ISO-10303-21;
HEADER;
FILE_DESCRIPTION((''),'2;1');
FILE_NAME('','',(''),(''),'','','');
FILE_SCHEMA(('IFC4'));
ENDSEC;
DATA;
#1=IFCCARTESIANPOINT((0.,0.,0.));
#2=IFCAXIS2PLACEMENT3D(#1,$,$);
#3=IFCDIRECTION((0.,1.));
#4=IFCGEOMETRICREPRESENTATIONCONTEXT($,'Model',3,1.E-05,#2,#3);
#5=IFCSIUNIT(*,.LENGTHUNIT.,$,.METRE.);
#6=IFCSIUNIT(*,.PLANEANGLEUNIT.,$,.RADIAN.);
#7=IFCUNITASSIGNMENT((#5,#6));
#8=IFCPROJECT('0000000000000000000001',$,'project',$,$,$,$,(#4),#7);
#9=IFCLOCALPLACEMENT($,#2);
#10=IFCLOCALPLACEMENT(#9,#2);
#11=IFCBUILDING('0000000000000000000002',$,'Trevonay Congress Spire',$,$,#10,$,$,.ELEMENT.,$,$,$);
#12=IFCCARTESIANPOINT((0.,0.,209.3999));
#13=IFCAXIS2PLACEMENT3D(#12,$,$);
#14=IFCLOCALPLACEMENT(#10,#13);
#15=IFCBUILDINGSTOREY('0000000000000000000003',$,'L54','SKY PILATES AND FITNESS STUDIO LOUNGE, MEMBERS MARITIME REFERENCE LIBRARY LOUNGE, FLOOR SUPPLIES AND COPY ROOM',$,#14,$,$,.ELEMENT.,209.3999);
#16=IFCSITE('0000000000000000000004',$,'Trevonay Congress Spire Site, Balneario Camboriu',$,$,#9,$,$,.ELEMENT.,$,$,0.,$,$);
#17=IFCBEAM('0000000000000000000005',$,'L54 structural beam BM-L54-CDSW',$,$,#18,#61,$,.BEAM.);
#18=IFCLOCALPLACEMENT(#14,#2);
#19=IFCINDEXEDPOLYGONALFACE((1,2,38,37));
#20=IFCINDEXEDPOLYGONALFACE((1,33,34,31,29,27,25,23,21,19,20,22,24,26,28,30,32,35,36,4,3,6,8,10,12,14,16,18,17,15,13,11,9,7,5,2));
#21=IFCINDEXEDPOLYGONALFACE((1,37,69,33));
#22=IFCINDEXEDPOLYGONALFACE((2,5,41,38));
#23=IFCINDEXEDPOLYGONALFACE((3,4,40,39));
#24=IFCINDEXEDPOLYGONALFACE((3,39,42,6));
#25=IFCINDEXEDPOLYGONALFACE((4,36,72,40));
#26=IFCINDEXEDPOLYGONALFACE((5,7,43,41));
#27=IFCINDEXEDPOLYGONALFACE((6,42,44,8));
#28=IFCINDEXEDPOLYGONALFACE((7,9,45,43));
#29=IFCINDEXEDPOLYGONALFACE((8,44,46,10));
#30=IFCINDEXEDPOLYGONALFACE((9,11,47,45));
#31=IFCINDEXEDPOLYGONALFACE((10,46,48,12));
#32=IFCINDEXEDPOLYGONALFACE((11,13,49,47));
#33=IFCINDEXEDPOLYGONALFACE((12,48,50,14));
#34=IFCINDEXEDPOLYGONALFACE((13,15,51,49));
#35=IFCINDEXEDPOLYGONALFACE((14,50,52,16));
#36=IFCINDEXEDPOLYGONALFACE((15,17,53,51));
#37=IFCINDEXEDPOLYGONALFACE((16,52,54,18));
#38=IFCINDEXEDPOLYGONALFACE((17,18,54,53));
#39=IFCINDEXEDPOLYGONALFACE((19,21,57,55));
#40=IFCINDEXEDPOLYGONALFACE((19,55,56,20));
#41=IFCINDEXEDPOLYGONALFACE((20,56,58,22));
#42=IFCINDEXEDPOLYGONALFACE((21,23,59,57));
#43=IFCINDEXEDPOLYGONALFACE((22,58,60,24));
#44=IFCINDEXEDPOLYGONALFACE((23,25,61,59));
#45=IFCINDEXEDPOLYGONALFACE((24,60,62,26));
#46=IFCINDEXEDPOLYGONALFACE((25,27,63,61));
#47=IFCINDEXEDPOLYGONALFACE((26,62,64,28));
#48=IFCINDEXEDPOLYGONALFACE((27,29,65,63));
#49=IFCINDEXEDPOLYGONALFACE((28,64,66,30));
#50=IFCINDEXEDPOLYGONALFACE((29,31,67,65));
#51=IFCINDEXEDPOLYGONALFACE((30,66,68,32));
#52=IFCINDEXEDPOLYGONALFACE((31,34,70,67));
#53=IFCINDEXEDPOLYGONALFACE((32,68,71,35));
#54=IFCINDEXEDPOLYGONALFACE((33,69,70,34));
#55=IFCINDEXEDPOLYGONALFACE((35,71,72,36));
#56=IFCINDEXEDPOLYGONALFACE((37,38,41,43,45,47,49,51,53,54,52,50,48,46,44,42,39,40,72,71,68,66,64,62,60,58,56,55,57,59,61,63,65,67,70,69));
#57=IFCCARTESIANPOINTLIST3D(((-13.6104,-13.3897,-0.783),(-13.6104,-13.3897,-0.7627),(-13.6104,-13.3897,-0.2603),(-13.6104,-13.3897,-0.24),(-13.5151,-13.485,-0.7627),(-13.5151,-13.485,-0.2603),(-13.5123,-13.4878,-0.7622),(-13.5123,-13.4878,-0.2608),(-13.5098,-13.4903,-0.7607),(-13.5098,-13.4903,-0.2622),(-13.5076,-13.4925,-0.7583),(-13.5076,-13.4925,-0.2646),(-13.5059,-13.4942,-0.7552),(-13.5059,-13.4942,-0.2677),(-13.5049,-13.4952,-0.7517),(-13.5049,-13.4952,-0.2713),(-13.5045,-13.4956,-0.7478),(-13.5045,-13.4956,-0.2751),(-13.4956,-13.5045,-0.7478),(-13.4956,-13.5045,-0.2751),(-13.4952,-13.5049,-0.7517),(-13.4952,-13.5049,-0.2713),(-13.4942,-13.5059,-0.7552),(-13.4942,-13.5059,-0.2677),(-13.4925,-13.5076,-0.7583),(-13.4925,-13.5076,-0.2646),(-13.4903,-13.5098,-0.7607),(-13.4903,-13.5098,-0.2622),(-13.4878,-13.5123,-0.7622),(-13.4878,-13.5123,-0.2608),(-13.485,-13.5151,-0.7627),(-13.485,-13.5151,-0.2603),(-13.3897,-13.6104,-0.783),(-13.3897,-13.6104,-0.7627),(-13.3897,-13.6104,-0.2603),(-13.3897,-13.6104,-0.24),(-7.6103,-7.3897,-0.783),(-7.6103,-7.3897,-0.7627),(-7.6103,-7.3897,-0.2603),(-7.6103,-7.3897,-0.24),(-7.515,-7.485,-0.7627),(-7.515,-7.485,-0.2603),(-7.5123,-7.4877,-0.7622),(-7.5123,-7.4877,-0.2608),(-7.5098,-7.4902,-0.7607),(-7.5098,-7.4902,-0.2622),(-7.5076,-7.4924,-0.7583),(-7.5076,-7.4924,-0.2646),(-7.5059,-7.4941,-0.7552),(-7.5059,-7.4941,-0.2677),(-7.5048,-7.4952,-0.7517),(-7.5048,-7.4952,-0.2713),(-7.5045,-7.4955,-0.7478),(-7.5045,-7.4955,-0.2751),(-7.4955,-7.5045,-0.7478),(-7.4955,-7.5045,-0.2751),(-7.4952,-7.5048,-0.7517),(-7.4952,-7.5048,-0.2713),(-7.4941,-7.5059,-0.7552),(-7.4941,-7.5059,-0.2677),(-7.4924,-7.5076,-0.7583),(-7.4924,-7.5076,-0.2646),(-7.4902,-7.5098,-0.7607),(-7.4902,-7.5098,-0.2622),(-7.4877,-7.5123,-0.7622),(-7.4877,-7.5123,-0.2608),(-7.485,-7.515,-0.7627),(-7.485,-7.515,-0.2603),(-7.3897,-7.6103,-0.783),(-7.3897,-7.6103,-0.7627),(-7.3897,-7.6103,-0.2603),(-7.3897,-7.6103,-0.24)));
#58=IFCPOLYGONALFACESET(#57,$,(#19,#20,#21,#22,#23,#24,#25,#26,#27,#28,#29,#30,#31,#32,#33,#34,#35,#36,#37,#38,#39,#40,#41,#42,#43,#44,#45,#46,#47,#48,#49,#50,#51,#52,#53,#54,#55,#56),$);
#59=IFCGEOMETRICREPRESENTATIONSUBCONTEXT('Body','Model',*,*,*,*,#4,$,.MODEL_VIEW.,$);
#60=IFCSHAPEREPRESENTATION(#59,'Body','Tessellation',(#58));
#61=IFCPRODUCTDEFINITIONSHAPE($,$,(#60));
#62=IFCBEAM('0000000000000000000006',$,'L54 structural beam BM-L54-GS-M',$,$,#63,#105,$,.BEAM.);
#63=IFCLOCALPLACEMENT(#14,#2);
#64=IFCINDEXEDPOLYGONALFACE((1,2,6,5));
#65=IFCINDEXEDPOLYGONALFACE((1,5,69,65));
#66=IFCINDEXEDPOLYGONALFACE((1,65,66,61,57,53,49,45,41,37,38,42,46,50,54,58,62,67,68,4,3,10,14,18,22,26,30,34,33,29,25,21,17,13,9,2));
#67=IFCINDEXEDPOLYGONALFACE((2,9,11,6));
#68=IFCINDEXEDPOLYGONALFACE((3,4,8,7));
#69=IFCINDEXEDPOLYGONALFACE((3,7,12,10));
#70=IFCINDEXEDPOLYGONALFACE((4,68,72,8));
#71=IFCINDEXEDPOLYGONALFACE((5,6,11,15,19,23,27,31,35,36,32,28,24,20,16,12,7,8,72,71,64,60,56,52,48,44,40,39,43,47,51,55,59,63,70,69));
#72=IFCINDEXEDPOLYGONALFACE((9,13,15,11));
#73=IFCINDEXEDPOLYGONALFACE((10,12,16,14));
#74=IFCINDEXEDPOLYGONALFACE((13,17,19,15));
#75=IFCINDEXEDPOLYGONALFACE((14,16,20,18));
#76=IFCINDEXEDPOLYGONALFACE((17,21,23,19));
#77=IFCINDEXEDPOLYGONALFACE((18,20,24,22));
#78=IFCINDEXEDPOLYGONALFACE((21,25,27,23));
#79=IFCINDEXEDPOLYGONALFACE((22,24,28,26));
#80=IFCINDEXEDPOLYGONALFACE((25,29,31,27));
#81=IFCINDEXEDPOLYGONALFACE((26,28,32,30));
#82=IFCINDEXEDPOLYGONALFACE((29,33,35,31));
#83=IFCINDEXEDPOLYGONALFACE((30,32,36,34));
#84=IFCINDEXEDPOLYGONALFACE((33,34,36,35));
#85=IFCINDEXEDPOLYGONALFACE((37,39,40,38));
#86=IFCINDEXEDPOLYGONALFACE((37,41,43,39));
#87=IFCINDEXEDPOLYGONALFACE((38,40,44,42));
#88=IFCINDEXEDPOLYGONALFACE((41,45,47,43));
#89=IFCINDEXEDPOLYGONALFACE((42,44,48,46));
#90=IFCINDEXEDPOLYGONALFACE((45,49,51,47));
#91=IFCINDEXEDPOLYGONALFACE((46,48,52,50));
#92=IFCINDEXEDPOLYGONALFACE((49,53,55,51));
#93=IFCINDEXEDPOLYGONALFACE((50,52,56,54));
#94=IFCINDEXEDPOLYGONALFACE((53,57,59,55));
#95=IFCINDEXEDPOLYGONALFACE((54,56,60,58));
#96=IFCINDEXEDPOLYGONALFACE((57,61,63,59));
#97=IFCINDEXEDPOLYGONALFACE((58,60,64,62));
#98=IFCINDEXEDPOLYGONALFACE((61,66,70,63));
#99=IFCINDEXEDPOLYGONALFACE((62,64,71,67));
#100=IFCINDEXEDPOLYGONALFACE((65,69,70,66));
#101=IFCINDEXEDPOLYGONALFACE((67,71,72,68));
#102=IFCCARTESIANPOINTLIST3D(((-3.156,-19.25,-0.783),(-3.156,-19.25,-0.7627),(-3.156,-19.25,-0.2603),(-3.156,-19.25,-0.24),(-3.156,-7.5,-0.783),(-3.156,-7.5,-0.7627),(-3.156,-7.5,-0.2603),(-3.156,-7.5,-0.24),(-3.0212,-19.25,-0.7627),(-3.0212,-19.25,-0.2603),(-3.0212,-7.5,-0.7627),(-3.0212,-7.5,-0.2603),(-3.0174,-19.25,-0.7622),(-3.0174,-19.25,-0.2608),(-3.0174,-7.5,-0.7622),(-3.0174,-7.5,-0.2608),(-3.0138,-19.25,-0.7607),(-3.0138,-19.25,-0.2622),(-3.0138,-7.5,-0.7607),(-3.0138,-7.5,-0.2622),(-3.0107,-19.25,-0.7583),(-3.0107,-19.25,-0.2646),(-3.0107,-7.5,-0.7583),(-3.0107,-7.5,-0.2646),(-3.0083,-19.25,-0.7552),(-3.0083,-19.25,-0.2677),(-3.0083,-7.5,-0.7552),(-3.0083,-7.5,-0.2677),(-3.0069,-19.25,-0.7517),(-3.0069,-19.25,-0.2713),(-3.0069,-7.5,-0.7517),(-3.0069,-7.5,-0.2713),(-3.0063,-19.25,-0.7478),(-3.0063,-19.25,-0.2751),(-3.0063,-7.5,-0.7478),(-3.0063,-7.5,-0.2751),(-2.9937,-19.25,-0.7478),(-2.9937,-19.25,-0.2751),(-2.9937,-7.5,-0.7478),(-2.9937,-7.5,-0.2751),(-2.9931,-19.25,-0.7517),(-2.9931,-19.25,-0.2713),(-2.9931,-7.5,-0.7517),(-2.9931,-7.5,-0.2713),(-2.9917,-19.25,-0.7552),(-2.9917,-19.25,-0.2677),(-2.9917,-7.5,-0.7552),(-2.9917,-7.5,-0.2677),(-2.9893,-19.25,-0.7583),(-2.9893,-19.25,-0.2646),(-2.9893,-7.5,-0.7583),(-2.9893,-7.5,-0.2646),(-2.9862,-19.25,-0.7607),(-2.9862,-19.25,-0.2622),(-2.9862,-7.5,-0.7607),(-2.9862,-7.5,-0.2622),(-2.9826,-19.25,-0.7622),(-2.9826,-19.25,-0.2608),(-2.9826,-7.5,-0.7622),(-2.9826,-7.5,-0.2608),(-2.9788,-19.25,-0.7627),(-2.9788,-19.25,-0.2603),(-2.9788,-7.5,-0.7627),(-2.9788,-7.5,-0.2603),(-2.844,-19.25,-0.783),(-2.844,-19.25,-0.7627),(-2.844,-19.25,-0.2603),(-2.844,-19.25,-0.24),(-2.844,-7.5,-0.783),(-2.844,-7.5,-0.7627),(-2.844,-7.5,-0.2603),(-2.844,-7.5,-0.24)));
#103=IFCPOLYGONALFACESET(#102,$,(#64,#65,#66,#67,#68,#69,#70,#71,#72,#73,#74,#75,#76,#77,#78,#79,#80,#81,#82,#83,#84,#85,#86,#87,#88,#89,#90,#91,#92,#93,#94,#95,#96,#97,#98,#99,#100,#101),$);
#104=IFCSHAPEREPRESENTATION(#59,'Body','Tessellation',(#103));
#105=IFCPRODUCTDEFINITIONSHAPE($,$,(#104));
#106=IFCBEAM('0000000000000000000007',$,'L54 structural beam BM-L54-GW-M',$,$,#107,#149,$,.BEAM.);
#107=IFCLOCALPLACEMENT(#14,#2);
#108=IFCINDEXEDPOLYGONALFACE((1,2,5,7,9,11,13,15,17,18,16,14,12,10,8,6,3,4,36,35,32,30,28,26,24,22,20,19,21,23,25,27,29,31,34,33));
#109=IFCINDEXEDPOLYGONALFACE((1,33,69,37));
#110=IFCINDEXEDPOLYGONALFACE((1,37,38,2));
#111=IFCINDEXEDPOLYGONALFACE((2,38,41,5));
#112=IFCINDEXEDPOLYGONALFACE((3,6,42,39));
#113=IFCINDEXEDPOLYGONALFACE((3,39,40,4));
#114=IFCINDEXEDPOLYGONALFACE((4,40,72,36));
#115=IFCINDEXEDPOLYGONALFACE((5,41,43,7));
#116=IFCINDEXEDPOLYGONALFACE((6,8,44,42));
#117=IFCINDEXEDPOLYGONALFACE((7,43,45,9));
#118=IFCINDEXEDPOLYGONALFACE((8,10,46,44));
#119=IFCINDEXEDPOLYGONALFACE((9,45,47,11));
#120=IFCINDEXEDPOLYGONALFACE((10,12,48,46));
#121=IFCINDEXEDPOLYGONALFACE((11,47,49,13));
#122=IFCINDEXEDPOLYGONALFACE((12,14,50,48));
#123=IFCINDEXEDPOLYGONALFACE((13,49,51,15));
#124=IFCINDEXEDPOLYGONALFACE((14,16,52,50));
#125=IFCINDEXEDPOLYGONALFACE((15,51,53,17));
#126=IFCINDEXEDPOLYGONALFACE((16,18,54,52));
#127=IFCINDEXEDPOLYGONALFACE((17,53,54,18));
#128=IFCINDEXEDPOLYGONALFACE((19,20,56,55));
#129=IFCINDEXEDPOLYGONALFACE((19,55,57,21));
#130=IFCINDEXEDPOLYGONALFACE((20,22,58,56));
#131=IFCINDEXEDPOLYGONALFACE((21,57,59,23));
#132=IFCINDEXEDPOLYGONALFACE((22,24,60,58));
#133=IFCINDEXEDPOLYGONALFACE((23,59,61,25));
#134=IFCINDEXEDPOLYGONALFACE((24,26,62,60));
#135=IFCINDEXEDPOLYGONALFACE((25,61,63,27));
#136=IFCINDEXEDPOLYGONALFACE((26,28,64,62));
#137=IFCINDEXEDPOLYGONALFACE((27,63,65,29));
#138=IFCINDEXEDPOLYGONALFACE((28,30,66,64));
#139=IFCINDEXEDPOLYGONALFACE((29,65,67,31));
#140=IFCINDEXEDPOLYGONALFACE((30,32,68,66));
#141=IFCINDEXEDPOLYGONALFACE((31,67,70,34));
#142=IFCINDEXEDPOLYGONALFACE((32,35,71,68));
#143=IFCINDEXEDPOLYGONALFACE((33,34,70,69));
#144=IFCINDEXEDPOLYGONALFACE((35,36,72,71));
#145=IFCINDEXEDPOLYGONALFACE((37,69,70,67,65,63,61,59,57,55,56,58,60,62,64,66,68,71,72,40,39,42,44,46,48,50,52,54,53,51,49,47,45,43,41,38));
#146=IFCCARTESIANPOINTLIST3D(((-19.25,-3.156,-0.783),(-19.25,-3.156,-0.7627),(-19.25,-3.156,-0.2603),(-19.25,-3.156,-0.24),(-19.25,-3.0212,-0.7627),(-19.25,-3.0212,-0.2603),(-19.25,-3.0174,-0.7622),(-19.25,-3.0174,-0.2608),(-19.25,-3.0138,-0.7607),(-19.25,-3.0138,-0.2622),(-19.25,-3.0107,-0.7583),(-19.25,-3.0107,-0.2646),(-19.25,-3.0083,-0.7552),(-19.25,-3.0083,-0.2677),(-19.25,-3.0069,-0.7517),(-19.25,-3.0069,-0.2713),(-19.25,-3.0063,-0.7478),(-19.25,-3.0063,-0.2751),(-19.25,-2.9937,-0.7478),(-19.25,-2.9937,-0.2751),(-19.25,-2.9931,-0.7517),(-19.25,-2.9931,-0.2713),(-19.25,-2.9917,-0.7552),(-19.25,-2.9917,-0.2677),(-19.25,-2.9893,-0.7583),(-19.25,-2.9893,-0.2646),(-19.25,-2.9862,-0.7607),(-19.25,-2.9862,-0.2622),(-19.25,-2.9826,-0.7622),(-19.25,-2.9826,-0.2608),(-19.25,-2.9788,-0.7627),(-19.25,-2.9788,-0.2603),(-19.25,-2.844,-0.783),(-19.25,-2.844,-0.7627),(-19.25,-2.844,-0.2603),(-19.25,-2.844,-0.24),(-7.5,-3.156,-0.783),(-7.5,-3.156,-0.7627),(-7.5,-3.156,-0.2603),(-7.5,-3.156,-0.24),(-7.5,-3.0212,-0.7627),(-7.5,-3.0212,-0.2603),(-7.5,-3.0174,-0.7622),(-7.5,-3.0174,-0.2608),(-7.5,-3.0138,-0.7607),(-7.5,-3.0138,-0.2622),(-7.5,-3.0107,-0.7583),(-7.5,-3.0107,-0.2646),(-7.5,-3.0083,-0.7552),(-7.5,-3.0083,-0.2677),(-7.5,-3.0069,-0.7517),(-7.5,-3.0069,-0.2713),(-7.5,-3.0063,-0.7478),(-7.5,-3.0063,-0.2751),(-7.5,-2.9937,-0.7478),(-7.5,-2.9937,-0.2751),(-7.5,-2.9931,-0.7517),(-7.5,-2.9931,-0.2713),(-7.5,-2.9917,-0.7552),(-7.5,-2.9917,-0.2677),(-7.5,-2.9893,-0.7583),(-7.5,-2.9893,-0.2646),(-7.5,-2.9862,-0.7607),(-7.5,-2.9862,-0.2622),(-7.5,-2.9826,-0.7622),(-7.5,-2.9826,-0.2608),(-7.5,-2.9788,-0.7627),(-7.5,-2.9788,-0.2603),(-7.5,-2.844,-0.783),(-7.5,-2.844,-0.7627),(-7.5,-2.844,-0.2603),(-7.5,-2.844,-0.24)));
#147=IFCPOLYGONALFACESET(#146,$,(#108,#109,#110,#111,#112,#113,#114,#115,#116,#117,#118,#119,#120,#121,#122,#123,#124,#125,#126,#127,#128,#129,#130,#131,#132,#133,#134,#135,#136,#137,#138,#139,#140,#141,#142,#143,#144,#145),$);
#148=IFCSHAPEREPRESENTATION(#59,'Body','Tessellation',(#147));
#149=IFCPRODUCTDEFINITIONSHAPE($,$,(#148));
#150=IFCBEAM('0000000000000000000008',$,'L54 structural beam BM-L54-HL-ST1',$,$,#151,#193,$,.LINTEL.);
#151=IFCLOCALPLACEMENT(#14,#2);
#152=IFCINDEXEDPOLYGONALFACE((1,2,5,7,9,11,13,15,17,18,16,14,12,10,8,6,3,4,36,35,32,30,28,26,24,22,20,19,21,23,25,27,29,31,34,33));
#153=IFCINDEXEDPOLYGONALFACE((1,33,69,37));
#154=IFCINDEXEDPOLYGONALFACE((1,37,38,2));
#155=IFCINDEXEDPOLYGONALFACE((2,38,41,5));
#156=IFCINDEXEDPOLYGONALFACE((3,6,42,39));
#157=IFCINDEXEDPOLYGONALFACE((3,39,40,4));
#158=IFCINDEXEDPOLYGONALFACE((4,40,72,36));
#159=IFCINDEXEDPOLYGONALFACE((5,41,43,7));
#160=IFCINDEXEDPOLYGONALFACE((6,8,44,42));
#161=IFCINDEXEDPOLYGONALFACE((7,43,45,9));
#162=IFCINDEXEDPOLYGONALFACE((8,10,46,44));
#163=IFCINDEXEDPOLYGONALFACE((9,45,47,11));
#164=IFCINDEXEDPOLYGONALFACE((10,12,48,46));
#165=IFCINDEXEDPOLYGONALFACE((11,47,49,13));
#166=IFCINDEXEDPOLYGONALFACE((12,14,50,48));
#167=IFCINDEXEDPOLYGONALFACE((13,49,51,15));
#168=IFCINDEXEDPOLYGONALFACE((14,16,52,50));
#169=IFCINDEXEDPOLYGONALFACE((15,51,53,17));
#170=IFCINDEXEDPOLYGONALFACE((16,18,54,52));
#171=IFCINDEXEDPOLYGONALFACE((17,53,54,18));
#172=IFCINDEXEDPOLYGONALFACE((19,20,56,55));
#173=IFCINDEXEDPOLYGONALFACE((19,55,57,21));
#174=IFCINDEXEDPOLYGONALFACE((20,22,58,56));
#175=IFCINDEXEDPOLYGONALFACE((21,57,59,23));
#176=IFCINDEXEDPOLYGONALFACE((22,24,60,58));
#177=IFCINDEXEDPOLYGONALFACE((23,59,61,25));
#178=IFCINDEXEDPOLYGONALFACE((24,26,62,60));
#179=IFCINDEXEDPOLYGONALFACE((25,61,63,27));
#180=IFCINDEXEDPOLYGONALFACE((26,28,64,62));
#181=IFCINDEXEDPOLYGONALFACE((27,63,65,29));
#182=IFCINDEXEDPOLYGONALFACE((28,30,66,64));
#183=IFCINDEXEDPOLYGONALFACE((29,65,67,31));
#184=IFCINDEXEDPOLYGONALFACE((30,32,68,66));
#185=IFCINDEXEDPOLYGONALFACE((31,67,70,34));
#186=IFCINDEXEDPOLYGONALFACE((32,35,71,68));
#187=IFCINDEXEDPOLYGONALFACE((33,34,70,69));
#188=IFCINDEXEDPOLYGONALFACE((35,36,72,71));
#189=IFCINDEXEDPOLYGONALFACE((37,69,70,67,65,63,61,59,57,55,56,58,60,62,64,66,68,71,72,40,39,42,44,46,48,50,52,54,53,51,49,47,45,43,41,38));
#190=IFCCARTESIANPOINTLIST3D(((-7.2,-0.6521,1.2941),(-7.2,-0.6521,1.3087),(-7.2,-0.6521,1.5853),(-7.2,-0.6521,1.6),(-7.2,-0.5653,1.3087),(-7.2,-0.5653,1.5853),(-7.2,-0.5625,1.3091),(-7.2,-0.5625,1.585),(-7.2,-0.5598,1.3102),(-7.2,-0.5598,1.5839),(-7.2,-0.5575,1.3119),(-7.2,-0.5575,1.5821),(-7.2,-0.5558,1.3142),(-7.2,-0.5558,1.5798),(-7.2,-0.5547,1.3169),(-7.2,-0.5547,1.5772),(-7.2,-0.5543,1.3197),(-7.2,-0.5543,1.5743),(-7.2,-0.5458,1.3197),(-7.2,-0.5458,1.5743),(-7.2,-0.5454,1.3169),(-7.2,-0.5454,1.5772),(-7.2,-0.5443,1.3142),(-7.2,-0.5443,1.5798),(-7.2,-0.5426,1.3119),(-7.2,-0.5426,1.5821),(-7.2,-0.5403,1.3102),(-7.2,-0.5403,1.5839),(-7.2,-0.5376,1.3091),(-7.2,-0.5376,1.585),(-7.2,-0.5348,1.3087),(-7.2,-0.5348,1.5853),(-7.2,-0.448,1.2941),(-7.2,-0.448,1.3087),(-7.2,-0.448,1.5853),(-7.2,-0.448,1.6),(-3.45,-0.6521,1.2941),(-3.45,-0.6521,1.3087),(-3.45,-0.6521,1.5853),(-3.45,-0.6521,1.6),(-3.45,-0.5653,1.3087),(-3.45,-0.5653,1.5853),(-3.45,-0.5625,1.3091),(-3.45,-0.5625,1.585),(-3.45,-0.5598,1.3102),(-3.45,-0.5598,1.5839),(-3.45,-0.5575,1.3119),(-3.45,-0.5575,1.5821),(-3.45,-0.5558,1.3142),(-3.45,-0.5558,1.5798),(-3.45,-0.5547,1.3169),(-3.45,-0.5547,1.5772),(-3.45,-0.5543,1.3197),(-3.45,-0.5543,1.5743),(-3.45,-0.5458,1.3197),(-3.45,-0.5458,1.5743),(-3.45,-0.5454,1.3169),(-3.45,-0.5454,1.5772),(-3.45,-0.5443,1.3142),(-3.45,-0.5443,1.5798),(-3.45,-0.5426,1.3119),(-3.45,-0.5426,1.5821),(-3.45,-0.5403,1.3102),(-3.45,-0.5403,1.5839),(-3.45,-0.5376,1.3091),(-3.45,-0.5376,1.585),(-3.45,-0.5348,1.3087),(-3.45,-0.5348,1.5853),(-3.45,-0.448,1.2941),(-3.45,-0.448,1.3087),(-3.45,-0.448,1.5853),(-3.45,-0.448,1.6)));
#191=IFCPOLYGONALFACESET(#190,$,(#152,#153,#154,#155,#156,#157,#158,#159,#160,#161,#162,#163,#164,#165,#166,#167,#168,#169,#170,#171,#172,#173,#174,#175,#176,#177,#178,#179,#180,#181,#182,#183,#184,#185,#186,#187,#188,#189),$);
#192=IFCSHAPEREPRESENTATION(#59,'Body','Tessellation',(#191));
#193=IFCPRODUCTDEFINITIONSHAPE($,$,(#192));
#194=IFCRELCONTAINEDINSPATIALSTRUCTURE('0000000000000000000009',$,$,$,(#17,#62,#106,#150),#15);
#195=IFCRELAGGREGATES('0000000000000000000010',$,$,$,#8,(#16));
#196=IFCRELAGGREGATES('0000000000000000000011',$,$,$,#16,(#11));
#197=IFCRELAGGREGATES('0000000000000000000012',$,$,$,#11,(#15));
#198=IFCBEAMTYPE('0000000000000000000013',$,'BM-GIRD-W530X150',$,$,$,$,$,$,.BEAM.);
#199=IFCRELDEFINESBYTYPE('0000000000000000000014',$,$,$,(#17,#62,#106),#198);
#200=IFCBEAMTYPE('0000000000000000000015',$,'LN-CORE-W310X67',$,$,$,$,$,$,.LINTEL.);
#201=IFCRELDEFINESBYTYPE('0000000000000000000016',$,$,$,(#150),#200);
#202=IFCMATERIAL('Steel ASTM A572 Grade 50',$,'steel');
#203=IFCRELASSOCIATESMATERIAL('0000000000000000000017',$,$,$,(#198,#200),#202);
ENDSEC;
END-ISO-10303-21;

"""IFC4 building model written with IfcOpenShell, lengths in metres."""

from ifc_helpers import new_model, si_unit, direction, frame, origin, origin_2d, place, context, subcontext, project, spatial, i_section, extrude, material, material_profile, profile_set, type_object, element, save


model = new_model("IFC4")

# Units and contexts
model_context = context("Model", 3, precision=1e-05, world=origin(), true_north=direction((0.0, 1.0)))
body_context = subcontext(model_context, "Body", "Model", "MODEL_VIEW")
ifc_project = project(units=[si_unit("LENGTHUNIT", "METRE"), si_unit("PLANEANGLEUNIT", "RADIAN")], contexts=[model_context])

# Site, building, storey
site_placement = place(None, origin())
site = spatial("IfcSite", under=ifc_project, at=site_placement, Name="Trevonay Congress Spire Site, Balneario Camboriu", CompositionType="ELEMENT", RefElevation=0.0)
building_placement = place(site_placement, origin())
building = spatial("IfcBuilding", under=site, at=building_placement, Name="Trevonay Congress Spire", CompositionType="ELEMENT")
storey_placement = place(building_placement, frame((0.0, 0.0, 209.3999)))
storey = spatial("IfcBuildingStorey", under=building, at=storey_placement, Name="L54", Description="SKY PILATES AND FITNESS STUDIO LOUNGE, MEMBERS MARITIME REFERENCE LIBRARY LOUNGE, FLOOR SUPPLIES AND COPY ROOM", CompositionType="ELEMENT", Elevation=209.3999)

# Shared definitions
ifc_material_1 = material(Name="Steel ASTM A572 Grade 50", Category="steel")

# Beams
ifc_material_profile_1 = material_profile(ifc_material_1, i_section(OverallWidth=0.312, OverallDepth=0.543, WebThickness=0.0127, FlangeThickness=0.0203, FilletRadius=0.0149, at=origin_2d()), Name="W530x150")
ifc_profile_set_1 = profile_set([ifc_material_profile_1], Name="Steel ASTM A572 Grade 50")
beam_type_1 = type_object("IfcBeamType", Name="BM-GIRD-W530X150", PredefinedType="BEAM", material=ifc_profile_set_1)
beam_1_placement = place(storey_placement, frame((-7.5, -7.5, -0.5115), z_axis=(-0.707107, -0.707107, 0.0), x_axis=(0.707107, -0.707107, 0.0)))
element("IfcBeam", 1, at=beam_1_placement, inside=storey, type_object=beam_type_1, Name="L54 structural beam BM-L54-CDSW", PredefinedType="BEAM", context=body_context, shape_type="SweptSolid", body=[
    extrude(i_section(OverallWidth=0.312, OverallDepth=0.543, WebThickness=0.0127, FlangeThickness=0.0203, FilletRadius=0.0149, at=origin_2d()), origin(), (0.0, 0.0, 1.0), 8.4854),
])
for number, where, z_axis, x_axis, name in (
    (2, (-3.0, -7.5, -0.5115), (0.0, -1.0, 0.0), (1.0, 0.0, 0.0), "L54 structural beam BM-L54-GS-M"),
    (3, (-7.5, -3.0, -0.5115), (-1.0, 0.0, 0.0), (0.0, -1.0, 0.0), "L54 structural beam BM-L54-GW-M"),
):
    element("IfcBeam", number, at=place(storey_placement, frame(where, z_axis=z_axis, x_axis=x_axis)), inside=storey, type_object=beam_type_1, Name=name, PredefinedType="BEAM", context=body_context, shape_type="SweptSolid", body=[
        extrude(i_section(OverallWidth=0.312, OverallDepth=0.543, WebThickness=0.0127, FlangeThickness=0.0203, FilletRadius=0.0149, at=origin_2d()), origin(), (0.0, 0.0, 1.0), 11.75),
    ])
ifc_material_profile_2 = material_profile(ifc_material_1, i_section(OverallWidth=0.2041, OverallDepth=0.3059, WebThickness=0.0085, FlangeThickness=0.0146, FilletRadius=0.011, at=origin_2d()), Name="W310x67")
ifc_profile_set_2 = profile_set([ifc_material_profile_2], Name="Steel ASTM A572 Grade 50")
beam_type_2 = type_object("IfcBeamType", Name="LN-CORE-W310X67", PredefinedType="LINTEL", material=ifc_profile_set_2)
beam_2_placement = place(storey_placement, frame((-7.2, -0.55, 1.447), z_axis=(1.0, 0.0, 0.0), x_axis=(0.0, 1.0, 0.0)))
element("IfcBeam", 4, at=beam_2_placement, inside=storey, type_object=beam_type_2, Name="L54 structural beam BM-L54-HL-ST1", PredefinedType="LINTEL", context=body_context, shape_type="SweptSolid", body=[
    extrude(i_section(OverallWidth=0.2041, OverallDepth=0.3059, WebThickness=0.0085, FlangeThickness=0.0146, FilletRadius=0.011, at=origin_2d()), origin(), (0.0, 0.0, 1.0), 3.75),
])

save(model, "model.ifc")
